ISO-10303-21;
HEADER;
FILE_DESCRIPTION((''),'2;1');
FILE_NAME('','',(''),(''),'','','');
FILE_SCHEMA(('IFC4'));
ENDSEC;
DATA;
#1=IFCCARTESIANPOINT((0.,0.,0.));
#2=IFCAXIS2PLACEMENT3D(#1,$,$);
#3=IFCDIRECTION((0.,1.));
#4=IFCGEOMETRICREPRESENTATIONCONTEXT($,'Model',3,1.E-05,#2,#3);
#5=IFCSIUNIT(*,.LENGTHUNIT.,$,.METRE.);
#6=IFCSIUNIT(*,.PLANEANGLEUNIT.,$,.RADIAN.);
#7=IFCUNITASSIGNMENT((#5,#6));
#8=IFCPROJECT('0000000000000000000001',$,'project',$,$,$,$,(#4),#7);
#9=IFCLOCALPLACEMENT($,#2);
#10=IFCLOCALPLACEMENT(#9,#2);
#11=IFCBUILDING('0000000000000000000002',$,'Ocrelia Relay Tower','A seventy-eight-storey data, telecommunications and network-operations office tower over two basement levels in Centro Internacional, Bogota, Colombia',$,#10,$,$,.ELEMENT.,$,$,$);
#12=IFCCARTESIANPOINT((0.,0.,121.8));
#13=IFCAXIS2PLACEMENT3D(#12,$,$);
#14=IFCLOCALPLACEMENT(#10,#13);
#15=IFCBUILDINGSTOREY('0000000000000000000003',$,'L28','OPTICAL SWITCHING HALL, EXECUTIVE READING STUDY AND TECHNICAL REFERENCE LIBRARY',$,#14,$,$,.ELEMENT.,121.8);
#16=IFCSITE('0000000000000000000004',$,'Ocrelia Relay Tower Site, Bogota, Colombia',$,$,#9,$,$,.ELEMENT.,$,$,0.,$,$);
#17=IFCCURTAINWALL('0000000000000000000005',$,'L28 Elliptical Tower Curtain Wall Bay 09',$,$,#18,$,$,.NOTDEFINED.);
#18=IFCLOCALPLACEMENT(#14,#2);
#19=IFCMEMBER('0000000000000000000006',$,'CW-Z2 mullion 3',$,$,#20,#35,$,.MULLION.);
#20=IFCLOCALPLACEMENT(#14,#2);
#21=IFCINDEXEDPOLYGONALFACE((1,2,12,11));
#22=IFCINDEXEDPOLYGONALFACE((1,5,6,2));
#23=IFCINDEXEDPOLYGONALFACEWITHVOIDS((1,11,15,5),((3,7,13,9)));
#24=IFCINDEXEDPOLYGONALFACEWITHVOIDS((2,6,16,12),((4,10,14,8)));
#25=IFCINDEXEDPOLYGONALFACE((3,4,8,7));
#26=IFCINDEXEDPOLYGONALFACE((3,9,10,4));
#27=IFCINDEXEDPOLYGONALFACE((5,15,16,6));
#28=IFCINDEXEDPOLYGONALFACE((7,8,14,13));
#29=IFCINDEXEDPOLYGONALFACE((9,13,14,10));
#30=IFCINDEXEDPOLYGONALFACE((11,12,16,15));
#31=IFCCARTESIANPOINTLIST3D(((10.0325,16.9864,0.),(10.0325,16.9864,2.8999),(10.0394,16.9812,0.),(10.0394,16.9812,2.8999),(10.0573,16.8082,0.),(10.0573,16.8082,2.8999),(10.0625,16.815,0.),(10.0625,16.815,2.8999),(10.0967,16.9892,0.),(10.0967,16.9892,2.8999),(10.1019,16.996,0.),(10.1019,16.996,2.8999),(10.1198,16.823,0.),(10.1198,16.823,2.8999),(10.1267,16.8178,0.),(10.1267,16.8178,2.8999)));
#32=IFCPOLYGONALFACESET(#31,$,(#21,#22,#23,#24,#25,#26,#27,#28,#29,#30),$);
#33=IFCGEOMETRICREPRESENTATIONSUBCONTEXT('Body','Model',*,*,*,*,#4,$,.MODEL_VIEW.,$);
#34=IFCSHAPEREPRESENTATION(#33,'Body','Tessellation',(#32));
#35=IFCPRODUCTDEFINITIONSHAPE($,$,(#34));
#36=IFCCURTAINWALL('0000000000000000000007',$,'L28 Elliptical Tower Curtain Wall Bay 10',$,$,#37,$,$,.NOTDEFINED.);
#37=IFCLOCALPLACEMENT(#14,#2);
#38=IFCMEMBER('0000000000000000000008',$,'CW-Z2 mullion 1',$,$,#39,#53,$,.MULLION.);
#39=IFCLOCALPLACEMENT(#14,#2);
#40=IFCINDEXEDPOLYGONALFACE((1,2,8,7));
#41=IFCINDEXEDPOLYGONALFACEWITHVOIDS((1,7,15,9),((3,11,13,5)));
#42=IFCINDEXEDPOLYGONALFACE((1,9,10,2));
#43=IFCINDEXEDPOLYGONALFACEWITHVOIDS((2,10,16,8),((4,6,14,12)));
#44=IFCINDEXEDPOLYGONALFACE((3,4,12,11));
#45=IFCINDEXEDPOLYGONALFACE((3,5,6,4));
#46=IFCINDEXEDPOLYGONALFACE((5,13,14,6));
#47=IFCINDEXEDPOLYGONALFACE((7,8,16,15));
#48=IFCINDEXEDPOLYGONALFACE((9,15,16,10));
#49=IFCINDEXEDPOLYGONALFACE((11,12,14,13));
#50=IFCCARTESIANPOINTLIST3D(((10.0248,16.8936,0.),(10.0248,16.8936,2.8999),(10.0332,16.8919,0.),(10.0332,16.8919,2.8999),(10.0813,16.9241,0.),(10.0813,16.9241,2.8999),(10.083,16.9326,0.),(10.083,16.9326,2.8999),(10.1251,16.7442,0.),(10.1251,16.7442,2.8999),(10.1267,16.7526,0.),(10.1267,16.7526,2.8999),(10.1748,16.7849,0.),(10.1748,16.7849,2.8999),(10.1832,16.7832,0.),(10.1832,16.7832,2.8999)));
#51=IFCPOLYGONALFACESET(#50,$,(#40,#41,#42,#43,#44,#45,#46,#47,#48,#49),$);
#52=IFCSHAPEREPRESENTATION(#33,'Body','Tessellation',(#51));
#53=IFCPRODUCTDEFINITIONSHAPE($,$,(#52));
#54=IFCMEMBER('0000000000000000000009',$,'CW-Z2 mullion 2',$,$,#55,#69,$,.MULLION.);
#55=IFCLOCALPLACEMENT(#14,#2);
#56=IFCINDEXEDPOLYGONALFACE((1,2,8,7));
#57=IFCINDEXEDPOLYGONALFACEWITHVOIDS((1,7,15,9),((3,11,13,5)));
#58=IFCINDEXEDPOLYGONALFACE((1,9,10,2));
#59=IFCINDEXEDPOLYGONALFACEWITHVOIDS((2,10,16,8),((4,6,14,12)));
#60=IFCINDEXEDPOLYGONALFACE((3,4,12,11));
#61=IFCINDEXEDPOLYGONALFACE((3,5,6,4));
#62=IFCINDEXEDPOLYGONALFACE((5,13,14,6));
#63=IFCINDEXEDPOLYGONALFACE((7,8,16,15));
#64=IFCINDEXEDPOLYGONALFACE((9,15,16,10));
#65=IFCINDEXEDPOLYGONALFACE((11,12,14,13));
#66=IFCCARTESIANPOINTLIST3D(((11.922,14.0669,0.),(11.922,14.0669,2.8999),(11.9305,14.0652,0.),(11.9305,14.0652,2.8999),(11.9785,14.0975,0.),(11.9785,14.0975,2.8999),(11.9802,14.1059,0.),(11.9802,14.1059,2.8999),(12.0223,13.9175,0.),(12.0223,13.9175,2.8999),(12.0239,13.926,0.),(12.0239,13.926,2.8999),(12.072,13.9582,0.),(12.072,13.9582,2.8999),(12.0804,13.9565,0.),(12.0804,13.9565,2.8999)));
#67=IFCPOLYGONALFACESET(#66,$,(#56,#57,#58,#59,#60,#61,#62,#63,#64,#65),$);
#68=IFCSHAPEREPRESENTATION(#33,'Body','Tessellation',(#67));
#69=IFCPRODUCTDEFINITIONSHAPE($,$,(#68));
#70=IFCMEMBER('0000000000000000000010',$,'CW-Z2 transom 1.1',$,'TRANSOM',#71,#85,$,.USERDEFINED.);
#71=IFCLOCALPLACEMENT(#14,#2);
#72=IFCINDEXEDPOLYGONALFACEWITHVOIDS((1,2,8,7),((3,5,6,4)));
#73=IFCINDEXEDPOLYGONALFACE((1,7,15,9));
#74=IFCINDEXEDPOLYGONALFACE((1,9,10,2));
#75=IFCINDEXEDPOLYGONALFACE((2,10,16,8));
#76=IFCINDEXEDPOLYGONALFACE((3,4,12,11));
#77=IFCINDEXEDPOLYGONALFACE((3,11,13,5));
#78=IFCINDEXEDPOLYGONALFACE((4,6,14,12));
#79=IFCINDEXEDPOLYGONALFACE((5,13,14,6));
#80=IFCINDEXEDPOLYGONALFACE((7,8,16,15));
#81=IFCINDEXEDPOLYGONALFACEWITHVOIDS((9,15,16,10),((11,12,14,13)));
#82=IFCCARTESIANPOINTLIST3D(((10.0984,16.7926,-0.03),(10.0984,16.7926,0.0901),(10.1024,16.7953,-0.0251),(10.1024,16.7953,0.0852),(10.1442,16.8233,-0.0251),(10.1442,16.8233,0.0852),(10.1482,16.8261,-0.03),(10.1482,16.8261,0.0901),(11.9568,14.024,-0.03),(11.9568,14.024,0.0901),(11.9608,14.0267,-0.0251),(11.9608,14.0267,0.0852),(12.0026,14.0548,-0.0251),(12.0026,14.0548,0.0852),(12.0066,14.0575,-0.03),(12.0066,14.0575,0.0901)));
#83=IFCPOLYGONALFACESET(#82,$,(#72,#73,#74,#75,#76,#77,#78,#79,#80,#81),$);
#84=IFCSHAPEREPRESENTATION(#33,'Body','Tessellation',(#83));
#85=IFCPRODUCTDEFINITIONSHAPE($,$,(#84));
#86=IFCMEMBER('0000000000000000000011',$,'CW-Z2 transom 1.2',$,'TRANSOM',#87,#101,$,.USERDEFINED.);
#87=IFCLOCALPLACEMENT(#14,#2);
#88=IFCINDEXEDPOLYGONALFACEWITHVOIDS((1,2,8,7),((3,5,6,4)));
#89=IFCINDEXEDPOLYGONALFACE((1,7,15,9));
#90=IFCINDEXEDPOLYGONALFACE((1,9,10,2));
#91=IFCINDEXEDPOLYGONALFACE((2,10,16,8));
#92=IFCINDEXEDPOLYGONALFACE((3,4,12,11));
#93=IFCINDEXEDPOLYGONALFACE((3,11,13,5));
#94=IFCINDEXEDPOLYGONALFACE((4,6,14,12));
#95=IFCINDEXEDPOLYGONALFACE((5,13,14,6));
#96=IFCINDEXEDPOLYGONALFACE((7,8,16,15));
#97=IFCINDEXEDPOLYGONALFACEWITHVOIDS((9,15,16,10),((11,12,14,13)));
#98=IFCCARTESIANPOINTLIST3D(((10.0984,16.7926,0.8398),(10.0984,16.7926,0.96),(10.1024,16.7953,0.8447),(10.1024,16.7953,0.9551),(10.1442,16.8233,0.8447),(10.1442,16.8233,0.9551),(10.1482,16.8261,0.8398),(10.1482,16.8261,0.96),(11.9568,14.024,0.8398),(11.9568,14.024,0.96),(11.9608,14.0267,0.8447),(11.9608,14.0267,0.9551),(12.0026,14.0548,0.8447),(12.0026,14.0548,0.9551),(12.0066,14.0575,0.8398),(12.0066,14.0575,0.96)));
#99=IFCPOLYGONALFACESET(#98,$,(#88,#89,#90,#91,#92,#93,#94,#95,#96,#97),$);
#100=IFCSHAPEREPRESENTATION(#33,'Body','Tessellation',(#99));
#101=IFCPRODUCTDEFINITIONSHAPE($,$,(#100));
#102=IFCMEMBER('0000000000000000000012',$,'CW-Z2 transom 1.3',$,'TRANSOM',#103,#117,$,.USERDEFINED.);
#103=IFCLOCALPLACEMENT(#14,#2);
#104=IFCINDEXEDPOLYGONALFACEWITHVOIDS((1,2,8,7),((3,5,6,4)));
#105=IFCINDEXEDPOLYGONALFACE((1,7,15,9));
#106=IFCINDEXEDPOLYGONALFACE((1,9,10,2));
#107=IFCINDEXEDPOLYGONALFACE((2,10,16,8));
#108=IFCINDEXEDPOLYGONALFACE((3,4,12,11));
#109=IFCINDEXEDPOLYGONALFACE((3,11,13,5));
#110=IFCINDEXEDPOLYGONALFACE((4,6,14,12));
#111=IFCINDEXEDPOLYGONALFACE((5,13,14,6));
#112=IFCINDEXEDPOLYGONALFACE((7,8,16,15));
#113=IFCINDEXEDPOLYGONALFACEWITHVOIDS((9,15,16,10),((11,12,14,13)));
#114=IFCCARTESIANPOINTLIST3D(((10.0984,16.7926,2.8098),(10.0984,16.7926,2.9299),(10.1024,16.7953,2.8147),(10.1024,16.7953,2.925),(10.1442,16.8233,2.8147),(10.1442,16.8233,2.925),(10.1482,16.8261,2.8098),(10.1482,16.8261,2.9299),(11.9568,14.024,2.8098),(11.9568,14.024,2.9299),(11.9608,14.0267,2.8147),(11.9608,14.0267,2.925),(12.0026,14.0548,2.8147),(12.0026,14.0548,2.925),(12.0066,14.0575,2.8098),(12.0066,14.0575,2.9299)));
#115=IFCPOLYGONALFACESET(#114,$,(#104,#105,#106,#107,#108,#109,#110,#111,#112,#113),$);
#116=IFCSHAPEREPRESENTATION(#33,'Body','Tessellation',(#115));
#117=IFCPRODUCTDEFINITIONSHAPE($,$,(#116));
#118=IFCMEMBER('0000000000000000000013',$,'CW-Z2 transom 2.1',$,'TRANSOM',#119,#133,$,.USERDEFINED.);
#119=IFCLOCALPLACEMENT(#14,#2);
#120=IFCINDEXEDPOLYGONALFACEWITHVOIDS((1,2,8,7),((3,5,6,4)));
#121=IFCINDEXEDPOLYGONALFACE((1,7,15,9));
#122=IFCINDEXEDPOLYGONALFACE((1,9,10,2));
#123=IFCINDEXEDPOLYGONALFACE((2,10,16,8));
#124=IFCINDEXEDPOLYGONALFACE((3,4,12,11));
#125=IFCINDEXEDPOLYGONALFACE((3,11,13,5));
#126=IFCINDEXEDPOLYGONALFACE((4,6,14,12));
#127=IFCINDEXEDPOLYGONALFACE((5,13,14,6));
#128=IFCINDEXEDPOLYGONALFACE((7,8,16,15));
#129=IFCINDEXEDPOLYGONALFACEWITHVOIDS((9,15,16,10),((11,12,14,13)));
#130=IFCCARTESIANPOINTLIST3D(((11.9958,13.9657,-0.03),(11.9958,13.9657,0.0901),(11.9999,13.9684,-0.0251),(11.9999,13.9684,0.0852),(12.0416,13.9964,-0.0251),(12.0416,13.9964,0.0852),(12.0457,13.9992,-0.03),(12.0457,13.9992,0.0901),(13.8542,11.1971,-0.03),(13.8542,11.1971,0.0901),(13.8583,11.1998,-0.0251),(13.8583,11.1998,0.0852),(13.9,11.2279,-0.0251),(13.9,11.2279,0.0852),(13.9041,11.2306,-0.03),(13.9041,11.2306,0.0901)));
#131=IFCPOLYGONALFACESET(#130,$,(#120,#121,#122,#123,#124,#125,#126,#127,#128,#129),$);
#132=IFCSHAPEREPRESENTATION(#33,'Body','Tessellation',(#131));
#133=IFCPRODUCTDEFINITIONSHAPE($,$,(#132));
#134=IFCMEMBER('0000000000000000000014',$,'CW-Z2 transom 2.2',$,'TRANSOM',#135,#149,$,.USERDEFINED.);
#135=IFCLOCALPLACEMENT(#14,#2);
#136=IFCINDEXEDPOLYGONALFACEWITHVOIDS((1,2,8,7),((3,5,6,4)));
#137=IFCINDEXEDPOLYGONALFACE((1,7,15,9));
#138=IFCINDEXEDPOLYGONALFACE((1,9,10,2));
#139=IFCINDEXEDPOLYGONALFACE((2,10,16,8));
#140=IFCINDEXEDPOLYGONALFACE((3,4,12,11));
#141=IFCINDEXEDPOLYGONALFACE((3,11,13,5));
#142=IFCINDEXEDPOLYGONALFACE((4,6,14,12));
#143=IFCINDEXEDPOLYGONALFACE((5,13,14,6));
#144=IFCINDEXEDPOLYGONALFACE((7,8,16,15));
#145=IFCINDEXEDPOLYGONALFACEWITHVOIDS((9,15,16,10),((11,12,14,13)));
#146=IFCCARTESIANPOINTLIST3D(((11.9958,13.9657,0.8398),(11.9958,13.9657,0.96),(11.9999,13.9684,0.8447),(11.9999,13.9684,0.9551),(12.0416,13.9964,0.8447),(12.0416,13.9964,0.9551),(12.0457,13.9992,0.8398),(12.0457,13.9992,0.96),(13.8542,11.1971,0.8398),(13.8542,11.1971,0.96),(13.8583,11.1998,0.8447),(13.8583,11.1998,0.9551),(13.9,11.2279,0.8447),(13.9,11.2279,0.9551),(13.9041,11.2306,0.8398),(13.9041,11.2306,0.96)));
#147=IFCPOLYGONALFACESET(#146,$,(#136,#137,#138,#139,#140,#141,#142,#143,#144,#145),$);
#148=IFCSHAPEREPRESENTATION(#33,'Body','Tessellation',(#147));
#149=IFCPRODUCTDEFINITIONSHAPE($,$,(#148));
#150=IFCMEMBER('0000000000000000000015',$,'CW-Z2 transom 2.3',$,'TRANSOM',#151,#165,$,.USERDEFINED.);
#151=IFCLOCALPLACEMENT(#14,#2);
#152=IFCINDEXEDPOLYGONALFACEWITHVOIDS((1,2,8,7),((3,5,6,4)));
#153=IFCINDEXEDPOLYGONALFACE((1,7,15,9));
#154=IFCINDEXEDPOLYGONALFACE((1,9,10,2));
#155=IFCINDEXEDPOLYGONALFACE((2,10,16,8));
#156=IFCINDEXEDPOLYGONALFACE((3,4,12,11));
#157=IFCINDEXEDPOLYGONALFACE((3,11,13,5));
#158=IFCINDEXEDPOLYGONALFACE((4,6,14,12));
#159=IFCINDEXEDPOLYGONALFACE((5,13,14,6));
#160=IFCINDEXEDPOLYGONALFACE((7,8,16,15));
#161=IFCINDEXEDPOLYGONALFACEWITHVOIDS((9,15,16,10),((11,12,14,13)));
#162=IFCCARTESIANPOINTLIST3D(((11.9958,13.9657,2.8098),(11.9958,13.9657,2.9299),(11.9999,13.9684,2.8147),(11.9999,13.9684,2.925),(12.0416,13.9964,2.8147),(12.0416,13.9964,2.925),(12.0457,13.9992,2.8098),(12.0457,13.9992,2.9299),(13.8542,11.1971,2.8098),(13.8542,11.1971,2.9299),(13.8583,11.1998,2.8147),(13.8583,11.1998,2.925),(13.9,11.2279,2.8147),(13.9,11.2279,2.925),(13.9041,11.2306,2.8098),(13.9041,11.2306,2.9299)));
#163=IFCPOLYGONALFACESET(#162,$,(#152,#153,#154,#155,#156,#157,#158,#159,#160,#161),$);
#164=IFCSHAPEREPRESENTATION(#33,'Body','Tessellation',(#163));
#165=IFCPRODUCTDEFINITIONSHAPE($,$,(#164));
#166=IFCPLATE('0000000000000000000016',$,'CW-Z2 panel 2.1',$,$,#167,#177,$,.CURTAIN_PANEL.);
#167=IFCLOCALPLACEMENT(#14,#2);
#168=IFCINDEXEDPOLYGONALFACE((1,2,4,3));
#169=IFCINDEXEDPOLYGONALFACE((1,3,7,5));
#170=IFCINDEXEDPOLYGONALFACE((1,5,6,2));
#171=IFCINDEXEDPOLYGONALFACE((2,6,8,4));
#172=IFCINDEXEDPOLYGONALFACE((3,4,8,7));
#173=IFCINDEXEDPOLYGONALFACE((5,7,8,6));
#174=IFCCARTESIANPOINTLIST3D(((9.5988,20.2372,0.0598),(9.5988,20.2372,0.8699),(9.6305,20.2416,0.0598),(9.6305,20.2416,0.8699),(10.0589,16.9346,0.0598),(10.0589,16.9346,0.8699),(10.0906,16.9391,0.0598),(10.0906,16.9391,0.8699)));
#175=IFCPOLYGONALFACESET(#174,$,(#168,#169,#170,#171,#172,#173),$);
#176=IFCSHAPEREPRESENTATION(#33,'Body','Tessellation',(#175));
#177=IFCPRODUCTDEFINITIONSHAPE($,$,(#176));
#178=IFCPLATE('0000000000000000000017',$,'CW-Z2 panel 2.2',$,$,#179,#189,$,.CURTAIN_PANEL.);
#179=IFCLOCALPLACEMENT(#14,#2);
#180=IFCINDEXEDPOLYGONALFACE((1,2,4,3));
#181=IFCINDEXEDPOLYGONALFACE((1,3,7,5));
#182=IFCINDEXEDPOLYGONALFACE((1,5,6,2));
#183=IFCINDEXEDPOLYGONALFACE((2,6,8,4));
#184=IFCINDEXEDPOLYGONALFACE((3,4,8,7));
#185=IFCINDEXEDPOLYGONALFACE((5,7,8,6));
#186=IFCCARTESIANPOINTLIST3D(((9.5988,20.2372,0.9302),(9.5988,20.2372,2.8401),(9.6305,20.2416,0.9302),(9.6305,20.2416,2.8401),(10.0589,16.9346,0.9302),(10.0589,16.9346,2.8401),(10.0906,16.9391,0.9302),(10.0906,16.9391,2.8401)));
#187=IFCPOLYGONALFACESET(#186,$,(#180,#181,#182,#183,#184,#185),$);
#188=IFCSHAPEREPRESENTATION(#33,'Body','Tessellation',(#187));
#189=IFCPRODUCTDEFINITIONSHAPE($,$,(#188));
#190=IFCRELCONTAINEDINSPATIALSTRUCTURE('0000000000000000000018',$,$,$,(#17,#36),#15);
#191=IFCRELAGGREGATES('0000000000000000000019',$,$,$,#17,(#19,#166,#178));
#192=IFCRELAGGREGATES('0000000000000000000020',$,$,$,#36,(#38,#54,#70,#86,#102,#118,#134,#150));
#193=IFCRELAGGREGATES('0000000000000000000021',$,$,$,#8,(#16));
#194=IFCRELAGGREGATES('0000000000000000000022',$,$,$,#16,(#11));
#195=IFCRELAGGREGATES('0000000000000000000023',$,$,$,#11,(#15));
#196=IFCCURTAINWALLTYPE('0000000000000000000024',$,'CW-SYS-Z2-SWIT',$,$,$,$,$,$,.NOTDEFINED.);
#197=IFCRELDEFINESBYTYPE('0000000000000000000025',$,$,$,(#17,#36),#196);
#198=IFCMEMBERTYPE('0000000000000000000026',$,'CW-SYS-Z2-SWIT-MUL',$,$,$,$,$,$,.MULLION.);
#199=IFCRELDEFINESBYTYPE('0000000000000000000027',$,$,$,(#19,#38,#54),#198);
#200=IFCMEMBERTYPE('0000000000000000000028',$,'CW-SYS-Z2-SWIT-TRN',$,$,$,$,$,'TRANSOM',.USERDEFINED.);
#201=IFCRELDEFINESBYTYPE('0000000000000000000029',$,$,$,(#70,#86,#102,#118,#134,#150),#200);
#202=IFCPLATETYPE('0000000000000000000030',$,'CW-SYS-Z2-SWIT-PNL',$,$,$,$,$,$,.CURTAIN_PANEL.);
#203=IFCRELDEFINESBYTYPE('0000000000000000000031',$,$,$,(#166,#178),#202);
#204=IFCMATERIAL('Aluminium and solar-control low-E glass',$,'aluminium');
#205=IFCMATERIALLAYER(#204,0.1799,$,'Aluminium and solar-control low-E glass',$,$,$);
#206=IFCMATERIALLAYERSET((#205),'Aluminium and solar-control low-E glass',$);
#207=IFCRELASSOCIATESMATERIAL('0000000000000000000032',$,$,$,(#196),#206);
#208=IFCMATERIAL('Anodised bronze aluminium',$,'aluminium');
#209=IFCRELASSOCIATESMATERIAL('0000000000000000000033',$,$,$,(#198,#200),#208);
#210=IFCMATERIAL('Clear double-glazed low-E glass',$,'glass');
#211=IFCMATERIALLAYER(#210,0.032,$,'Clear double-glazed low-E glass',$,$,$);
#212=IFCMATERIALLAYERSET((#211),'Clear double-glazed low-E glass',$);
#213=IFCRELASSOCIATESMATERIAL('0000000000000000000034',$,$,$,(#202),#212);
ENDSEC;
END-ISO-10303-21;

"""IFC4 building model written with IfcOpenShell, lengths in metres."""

from ifc_helpers import new_model, si_unit, direction, frame, origin, origin_2d, place, context, subcontext, project, spatial, rectangle, hollow_rectangle, extrude, material, layer, layer_set, material_profile, profile_set, type_object, element, aggregate, save


model = new_model("IFC4")

# Units and contexts
model_context = context("Model", 3, precision=1e-05, world=origin(), true_north=direction((0.0, 1.0)))
body_context = subcontext(model_context, "Body", "Model", "MODEL_VIEW")
ifc_project = project(units=[si_unit("LENGTHUNIT", "METRE"), si_unit("PLANEANGLEUNIT", "RADIAN")], contexts=[model_context])

# Site, building, storey
site_placement = place(None, origin())
site = spatial("IfcSite", under=ifc_project, at=site_placement, Name="Ocrelia Relay Tower Site, Bogota, Colombia", CompositionType="ELEMENT", RefElevation=0.0)
building_placement = place(site_placement, origin())
building = spatial("IfcBuilding", under=site, at=building_placement, Name="Ocrelia Relay Tower", Description="A seventy-eight-storey data, telecommunications and network-operations office tower over two basement levels in Centro Internacional, Bogota, Colombia", CompositionType="ELEMENT")
storey_placement = place(building_placement, frame((0.0, 0.0, 121.8)))
storey = spatial("IfcBuildingStorey", under=building, at=storey_placement, Name="L28", Description="OPTICAL SWITCHING HALL, EXECUTIVE READING STUDY AND TECHNICAL REFERENCE LIBRARY", CompositionType="ELEMENT", Elevation=121.8)

# Curtain wall, member
ifc_material_1 = material(Name="Aluminium and solar-control low-E glass", Category="aluminium")
ifc_layer_1 = layer(ifc_material_1, 0.1799, Name="Aluminium and solar-control low-E glass")
ifc_layer_set_1 = layer_set([ifc_layer_1], Name="Aluminium and solar-control low-E glass")
curtain_wall_type = type_object("IfcCurtainWallType", Name="CW-SYS-Z2-SWIT", PredefinedType="NOTDEFINED", material=ifc_layer_set_1)
curtain_wall_1_placement = place(storey_placement, origin())
curtain_wall_1 = element("IfcCurtainWall", 1, at=curtain_wall_1_placement, inside=storey, type_object=curtain_wall_type, Name="L28 Elliptical Tower Curtain Wall Bay 09", PredefinedType="NOTDEFINED")
ifc_material_2 = material(Name="Anodised bronze aluminium", Category="aluminium")
ifc_material_profile_1 = material_profile(ifc_material_2, hollow_rectangle(XDim=0.0701, YDim=0.1799, WallThickness=0.0061, at=origin_2d()), Name="CW-MUL-180x70")
ifc_profile_set_1 = profile_set([ifc_material_profile_1], Name="Anodised bronze aluminium")
member_type_1 = type_object("IfcMemberType", Name="CW-SYS-Z2-SWIT-MUL", PredefinedType="MULLION", material=ifc_profile_set_1)
member_1_placement = place(storey_placement, frame((10.0796, 16.9021, 0.0), z_axis=(0.0, 0.0, 1.0), x_axis=(0.990435, 0.137983, 0.0)))
member_1 = element("IfcMember", 2, at=member_1_placement, type_object=member_type_1, Name="CW-Z2 mullion 3", PredefinedType="MULLION", context=body_context, shape_type="SweptSolid", body=[
    extrude(hollow_rectangle(XDim=0.0701, YDim=0.1799, WallThickness=0.0061, at=origin_2d()), origin(), (0.0, 0.0, 1.0), 2.8999),
])

# Curtain wall, members
curtain_wall_2_placement = place(storey_placement, origin())
curtain_wall_2 = element("IfcCurtainWall", 3, at=curtain_wall_2_placement, inside=storey, type_object=curtain_wall_type, Name="L28 Elliptical Tower Curtain Wall Bay 10", PredefinedType="NOTDEFINED")
member_2_placement = place(storey_placement, frame((10.104, 16.8384, 0.0), z_axis=(0.0, 0.0, 1.0), x_axis=(0.830313, 0.557297, 0.0)))
member_2 = element("IfcMember", 4, at=member_2_placement, type_object=member_type_1, Name="CW-Z2 mullion 1", PredefinedType="MULLION", context=body_context, shape_type="SweptSolid", body=[
    extrude(hollow_rectangle(XDim=0.0701, YDim=0.1799, WallThickness=0.0061, at=origin_2d()), origin(), (0.0, 0.0, 1.0), 2.8999),
])
member_3_placement = place(storey_placement, frame((12.0012, 14.0117, 0.0), z_axis=(0.0, 0.0, 1.0), x_axis=(0.830313, 0.557297, 0.0)))
member_3 = element("IfcMember", 5, at=member_3_placement, type_object=member_type_1, Name="CW-Z2 mullion 2", PredefinedType="MULLION", context=body_context, shape_type="SweptSolid", body=[
    extrude(hollow_rectangle(XDim=0.0701, YDim=0.1799, WallThickness=0.0061, at=origin_2d()), origin(), (0.0, 0.0, 1.0), 2.8999),
])
ifc_material_profile_2 = material_profile(ifc_material_2, hollow_rectangle(XDim=0.0601, YDim=0.1201, WallThickness=0.0049, at=origin_2d()), Name="CW-TRN-120x60")
ifc_profile_set_2 = profile_set([ifc_material_profile_2], Name="Anodised bronze aluminium")
member_type_2 = type_object("IfcMemberType", Name="CW-SYS-Z2-SWIT-TRN", ElementType="TRANSOM", PredefinedType="USERDEFINED", material=ifc_profile_set_2)
member_4_placement = place(storey_placement, frame((10.1233, 16.8093, 0.03), z_axis=(0.557333, -0.830289, 0.0), x_axis=(0.830289, 0.557333, 0.0)))
member_4 = element("IfcMember", 6, at=member_4_placement, type_object=member_type_2, Name="CW-Z2 transom 1.1", ObjectType="TRANSOM", PredefinedType="USERDEFINED", context=body_context, shape_type="SweptSolid", body=[
    extrude(hollow_rectangle(XDim=0.0601, YDim=0.1201, WallThickness=0.0049, at=origin_2d()), origin(), (0.0, 0.0, 1.0), 3.3345),
])
member_5_placement = place(storey_placement, frame((10.1233, 16.8093, 0.8999), z_axis=(0.557333, -0.830289, 0.0), x_axis=(0.830289, 0.557333, 0.0)))
member_5 = element("IfcMember", 7, at=member_5_placement, type_object=member_type_2, Name="CW-Z2 transom 1.2", ObjectType="TRANSOM", PredefinedType="USERDEFINED", context=body_context, shape_type="SweptSolid", body=[
    extrude(hollow_rectangle(XDim=0.0601, YDim=0.1201, WallThickness=0.0049, at=origin_2d()), origin(), (0.0, 0.0, 1.0), 3.3345),
])
member_6_placement = place(storey_placement, frame((10.1233, 16.8093, 2.8699), z_axis=(0.557333, -0.830289, 0.0), x_axis=(0.830289, 0.557333, 0.0)))
member_6 = element("IfcMember", 8, at=member_6_placement, type_object=member_type_2, Name="CW-Z2 transom 1.3", ObjectType="TRANSOM", PredefinedType="USERDEFINED", context=body_context, shape_type="SweptSolid", body=[
    extrude(hollow_rectangle(XDim=0.0601, YDim=0.1201, WallThickness=0.0049, at=origin_2d()), origin(), (0.0, 0.0, 1.0), 3.3345),
])
member_7_placement = place(storey_placement, frame((12.0208, 13.9824, 0.03), z_axis=(0.557333, -0.830289, 0.0), x_axis=(0.830289, 0.557333, 0.0)))
member_7 = element("IfcMember", 9, at=member_7_placement, type_object=member_type_2, Name="CW-Z2 transom 2.1", ObjectType="TRANSOM", PredefinedType="USERDEFINED", context=body_context, shape_type="SweptSolid", body=[
    extrude(hollow_rectangle(XDim=0.0601, YDim=0.1201, WallThickness=0.0049, at=origin_2d()), origin(), (0.0, 0.0, 1.0), 3.3345),
])
member_8_placement = place(storey_placement, frame((12.0208, 13.9824, 0.8999), z_axis=(0.557333, -0.830289, 0.0), x_axis=(0.830289, 0.557333, 0.0)))
member_8 = element("IfcMember", 10, at=member_8_placement, type_object=member_type_2, Name="CW-Z2 transom 2.2", ObjectType="TRANSOM", PredefinedType="USERDEFINED", context=body_context, shape_type="SweptSolid", body=[
    extrude(hollow_rectangle(XDim=0.0601, YDim=0.1201, WallThickness=0.0049, at=origin_2d()), origin(), (0.0, 0.0, 1.0), 3.3345),
])
member_9_placement = place(storey_placement, frame((12.0208, 13.9824, 2.8699), z_axis=(0.557333, -0.830289, 0.0), x_axis=(0.830289, 0.557333, 0.0)))
member_9 = element("IfcMember", 11, at=member_9_placement, type_object=member_type_2, Name="CW-Z2 transom 2.3", ObjectType="TRANSOM", PredefinedType="USERDEFINED", context=body_context, shape_type="SweptSolid", body=[
    extrude(hollow_rectangle(XDim=0.0601, YDim=0.1201, WallThickness=0.0049, at=origin_2d()), origin(), (0.0, 0.0, 1.0), 3.3345),
])

# Plates
ifc_material_3 = material(Name="Clear double-glazed low-E glass", Category="glass")
ifc_layer_2 = layer(ifc_material_3, 0.032, Name="Clear double-glazed low-E glass")
ifc_layer_set_2 = layer_set([ifc_layer_2], Name="Clear double-glazed low-E glass")
plate_type = type_object("IfcPlateType", Name="CW-SYS-Z2-SWIT-PNL", PredefinedType="CURTAIN_PANEL", material=ifc_layer_set_2)
plate_1_placement = place(storey_placement, frame((9.8447, 18.5881, 0.0598), z_axis=(0.0, 0.0, 1.0), x_axis=(0.137983, -0.990435, 0.0)))
plate_1 = element("IfcPlate", 12, at=plate_1_placement, type_object=plate_type, Name="CW-Z2 panel 2.1", PredefinedType="CURTAIN_PANEL", context=body_context, shape_type="SweptSolid", body=[
    extrude(rectangle(XDim=3.3345, YDim=0.032, at=origin_2d()), origin(), (0.0, 0.0, 1.0), 0.8101),
])
plate_2_placement = place(storey_placement, frame((9.8447, 18.5881, 0.9302), z_axis=(0.0, 0.0, 1.0), x_axis=(0.137983, -0.990435, 0.0)))
plate_2 = element("IfcPlate", 13, at=plate_2_placement, type_object=plate_type, Name="CW-Z2 panel 2.2", PredefinedType="CURTAIN_PANEL", context=body_context, shape_type="SweptSolid", body=[
    extrude(rectangle(XDim=3.3345, YDim=0.032, at=origin_2d()), origin(), (0.0, 0.0, 1.0), 1.9099),
])
aggregate(curtain_wall_1, [member_1, plate_1, plate_2])
aggregate(curtain_wall_2, [member_2, member_3, member_4, member_5, member_6, member_7, member_8, member_9])

save(model, "model.ifc")
